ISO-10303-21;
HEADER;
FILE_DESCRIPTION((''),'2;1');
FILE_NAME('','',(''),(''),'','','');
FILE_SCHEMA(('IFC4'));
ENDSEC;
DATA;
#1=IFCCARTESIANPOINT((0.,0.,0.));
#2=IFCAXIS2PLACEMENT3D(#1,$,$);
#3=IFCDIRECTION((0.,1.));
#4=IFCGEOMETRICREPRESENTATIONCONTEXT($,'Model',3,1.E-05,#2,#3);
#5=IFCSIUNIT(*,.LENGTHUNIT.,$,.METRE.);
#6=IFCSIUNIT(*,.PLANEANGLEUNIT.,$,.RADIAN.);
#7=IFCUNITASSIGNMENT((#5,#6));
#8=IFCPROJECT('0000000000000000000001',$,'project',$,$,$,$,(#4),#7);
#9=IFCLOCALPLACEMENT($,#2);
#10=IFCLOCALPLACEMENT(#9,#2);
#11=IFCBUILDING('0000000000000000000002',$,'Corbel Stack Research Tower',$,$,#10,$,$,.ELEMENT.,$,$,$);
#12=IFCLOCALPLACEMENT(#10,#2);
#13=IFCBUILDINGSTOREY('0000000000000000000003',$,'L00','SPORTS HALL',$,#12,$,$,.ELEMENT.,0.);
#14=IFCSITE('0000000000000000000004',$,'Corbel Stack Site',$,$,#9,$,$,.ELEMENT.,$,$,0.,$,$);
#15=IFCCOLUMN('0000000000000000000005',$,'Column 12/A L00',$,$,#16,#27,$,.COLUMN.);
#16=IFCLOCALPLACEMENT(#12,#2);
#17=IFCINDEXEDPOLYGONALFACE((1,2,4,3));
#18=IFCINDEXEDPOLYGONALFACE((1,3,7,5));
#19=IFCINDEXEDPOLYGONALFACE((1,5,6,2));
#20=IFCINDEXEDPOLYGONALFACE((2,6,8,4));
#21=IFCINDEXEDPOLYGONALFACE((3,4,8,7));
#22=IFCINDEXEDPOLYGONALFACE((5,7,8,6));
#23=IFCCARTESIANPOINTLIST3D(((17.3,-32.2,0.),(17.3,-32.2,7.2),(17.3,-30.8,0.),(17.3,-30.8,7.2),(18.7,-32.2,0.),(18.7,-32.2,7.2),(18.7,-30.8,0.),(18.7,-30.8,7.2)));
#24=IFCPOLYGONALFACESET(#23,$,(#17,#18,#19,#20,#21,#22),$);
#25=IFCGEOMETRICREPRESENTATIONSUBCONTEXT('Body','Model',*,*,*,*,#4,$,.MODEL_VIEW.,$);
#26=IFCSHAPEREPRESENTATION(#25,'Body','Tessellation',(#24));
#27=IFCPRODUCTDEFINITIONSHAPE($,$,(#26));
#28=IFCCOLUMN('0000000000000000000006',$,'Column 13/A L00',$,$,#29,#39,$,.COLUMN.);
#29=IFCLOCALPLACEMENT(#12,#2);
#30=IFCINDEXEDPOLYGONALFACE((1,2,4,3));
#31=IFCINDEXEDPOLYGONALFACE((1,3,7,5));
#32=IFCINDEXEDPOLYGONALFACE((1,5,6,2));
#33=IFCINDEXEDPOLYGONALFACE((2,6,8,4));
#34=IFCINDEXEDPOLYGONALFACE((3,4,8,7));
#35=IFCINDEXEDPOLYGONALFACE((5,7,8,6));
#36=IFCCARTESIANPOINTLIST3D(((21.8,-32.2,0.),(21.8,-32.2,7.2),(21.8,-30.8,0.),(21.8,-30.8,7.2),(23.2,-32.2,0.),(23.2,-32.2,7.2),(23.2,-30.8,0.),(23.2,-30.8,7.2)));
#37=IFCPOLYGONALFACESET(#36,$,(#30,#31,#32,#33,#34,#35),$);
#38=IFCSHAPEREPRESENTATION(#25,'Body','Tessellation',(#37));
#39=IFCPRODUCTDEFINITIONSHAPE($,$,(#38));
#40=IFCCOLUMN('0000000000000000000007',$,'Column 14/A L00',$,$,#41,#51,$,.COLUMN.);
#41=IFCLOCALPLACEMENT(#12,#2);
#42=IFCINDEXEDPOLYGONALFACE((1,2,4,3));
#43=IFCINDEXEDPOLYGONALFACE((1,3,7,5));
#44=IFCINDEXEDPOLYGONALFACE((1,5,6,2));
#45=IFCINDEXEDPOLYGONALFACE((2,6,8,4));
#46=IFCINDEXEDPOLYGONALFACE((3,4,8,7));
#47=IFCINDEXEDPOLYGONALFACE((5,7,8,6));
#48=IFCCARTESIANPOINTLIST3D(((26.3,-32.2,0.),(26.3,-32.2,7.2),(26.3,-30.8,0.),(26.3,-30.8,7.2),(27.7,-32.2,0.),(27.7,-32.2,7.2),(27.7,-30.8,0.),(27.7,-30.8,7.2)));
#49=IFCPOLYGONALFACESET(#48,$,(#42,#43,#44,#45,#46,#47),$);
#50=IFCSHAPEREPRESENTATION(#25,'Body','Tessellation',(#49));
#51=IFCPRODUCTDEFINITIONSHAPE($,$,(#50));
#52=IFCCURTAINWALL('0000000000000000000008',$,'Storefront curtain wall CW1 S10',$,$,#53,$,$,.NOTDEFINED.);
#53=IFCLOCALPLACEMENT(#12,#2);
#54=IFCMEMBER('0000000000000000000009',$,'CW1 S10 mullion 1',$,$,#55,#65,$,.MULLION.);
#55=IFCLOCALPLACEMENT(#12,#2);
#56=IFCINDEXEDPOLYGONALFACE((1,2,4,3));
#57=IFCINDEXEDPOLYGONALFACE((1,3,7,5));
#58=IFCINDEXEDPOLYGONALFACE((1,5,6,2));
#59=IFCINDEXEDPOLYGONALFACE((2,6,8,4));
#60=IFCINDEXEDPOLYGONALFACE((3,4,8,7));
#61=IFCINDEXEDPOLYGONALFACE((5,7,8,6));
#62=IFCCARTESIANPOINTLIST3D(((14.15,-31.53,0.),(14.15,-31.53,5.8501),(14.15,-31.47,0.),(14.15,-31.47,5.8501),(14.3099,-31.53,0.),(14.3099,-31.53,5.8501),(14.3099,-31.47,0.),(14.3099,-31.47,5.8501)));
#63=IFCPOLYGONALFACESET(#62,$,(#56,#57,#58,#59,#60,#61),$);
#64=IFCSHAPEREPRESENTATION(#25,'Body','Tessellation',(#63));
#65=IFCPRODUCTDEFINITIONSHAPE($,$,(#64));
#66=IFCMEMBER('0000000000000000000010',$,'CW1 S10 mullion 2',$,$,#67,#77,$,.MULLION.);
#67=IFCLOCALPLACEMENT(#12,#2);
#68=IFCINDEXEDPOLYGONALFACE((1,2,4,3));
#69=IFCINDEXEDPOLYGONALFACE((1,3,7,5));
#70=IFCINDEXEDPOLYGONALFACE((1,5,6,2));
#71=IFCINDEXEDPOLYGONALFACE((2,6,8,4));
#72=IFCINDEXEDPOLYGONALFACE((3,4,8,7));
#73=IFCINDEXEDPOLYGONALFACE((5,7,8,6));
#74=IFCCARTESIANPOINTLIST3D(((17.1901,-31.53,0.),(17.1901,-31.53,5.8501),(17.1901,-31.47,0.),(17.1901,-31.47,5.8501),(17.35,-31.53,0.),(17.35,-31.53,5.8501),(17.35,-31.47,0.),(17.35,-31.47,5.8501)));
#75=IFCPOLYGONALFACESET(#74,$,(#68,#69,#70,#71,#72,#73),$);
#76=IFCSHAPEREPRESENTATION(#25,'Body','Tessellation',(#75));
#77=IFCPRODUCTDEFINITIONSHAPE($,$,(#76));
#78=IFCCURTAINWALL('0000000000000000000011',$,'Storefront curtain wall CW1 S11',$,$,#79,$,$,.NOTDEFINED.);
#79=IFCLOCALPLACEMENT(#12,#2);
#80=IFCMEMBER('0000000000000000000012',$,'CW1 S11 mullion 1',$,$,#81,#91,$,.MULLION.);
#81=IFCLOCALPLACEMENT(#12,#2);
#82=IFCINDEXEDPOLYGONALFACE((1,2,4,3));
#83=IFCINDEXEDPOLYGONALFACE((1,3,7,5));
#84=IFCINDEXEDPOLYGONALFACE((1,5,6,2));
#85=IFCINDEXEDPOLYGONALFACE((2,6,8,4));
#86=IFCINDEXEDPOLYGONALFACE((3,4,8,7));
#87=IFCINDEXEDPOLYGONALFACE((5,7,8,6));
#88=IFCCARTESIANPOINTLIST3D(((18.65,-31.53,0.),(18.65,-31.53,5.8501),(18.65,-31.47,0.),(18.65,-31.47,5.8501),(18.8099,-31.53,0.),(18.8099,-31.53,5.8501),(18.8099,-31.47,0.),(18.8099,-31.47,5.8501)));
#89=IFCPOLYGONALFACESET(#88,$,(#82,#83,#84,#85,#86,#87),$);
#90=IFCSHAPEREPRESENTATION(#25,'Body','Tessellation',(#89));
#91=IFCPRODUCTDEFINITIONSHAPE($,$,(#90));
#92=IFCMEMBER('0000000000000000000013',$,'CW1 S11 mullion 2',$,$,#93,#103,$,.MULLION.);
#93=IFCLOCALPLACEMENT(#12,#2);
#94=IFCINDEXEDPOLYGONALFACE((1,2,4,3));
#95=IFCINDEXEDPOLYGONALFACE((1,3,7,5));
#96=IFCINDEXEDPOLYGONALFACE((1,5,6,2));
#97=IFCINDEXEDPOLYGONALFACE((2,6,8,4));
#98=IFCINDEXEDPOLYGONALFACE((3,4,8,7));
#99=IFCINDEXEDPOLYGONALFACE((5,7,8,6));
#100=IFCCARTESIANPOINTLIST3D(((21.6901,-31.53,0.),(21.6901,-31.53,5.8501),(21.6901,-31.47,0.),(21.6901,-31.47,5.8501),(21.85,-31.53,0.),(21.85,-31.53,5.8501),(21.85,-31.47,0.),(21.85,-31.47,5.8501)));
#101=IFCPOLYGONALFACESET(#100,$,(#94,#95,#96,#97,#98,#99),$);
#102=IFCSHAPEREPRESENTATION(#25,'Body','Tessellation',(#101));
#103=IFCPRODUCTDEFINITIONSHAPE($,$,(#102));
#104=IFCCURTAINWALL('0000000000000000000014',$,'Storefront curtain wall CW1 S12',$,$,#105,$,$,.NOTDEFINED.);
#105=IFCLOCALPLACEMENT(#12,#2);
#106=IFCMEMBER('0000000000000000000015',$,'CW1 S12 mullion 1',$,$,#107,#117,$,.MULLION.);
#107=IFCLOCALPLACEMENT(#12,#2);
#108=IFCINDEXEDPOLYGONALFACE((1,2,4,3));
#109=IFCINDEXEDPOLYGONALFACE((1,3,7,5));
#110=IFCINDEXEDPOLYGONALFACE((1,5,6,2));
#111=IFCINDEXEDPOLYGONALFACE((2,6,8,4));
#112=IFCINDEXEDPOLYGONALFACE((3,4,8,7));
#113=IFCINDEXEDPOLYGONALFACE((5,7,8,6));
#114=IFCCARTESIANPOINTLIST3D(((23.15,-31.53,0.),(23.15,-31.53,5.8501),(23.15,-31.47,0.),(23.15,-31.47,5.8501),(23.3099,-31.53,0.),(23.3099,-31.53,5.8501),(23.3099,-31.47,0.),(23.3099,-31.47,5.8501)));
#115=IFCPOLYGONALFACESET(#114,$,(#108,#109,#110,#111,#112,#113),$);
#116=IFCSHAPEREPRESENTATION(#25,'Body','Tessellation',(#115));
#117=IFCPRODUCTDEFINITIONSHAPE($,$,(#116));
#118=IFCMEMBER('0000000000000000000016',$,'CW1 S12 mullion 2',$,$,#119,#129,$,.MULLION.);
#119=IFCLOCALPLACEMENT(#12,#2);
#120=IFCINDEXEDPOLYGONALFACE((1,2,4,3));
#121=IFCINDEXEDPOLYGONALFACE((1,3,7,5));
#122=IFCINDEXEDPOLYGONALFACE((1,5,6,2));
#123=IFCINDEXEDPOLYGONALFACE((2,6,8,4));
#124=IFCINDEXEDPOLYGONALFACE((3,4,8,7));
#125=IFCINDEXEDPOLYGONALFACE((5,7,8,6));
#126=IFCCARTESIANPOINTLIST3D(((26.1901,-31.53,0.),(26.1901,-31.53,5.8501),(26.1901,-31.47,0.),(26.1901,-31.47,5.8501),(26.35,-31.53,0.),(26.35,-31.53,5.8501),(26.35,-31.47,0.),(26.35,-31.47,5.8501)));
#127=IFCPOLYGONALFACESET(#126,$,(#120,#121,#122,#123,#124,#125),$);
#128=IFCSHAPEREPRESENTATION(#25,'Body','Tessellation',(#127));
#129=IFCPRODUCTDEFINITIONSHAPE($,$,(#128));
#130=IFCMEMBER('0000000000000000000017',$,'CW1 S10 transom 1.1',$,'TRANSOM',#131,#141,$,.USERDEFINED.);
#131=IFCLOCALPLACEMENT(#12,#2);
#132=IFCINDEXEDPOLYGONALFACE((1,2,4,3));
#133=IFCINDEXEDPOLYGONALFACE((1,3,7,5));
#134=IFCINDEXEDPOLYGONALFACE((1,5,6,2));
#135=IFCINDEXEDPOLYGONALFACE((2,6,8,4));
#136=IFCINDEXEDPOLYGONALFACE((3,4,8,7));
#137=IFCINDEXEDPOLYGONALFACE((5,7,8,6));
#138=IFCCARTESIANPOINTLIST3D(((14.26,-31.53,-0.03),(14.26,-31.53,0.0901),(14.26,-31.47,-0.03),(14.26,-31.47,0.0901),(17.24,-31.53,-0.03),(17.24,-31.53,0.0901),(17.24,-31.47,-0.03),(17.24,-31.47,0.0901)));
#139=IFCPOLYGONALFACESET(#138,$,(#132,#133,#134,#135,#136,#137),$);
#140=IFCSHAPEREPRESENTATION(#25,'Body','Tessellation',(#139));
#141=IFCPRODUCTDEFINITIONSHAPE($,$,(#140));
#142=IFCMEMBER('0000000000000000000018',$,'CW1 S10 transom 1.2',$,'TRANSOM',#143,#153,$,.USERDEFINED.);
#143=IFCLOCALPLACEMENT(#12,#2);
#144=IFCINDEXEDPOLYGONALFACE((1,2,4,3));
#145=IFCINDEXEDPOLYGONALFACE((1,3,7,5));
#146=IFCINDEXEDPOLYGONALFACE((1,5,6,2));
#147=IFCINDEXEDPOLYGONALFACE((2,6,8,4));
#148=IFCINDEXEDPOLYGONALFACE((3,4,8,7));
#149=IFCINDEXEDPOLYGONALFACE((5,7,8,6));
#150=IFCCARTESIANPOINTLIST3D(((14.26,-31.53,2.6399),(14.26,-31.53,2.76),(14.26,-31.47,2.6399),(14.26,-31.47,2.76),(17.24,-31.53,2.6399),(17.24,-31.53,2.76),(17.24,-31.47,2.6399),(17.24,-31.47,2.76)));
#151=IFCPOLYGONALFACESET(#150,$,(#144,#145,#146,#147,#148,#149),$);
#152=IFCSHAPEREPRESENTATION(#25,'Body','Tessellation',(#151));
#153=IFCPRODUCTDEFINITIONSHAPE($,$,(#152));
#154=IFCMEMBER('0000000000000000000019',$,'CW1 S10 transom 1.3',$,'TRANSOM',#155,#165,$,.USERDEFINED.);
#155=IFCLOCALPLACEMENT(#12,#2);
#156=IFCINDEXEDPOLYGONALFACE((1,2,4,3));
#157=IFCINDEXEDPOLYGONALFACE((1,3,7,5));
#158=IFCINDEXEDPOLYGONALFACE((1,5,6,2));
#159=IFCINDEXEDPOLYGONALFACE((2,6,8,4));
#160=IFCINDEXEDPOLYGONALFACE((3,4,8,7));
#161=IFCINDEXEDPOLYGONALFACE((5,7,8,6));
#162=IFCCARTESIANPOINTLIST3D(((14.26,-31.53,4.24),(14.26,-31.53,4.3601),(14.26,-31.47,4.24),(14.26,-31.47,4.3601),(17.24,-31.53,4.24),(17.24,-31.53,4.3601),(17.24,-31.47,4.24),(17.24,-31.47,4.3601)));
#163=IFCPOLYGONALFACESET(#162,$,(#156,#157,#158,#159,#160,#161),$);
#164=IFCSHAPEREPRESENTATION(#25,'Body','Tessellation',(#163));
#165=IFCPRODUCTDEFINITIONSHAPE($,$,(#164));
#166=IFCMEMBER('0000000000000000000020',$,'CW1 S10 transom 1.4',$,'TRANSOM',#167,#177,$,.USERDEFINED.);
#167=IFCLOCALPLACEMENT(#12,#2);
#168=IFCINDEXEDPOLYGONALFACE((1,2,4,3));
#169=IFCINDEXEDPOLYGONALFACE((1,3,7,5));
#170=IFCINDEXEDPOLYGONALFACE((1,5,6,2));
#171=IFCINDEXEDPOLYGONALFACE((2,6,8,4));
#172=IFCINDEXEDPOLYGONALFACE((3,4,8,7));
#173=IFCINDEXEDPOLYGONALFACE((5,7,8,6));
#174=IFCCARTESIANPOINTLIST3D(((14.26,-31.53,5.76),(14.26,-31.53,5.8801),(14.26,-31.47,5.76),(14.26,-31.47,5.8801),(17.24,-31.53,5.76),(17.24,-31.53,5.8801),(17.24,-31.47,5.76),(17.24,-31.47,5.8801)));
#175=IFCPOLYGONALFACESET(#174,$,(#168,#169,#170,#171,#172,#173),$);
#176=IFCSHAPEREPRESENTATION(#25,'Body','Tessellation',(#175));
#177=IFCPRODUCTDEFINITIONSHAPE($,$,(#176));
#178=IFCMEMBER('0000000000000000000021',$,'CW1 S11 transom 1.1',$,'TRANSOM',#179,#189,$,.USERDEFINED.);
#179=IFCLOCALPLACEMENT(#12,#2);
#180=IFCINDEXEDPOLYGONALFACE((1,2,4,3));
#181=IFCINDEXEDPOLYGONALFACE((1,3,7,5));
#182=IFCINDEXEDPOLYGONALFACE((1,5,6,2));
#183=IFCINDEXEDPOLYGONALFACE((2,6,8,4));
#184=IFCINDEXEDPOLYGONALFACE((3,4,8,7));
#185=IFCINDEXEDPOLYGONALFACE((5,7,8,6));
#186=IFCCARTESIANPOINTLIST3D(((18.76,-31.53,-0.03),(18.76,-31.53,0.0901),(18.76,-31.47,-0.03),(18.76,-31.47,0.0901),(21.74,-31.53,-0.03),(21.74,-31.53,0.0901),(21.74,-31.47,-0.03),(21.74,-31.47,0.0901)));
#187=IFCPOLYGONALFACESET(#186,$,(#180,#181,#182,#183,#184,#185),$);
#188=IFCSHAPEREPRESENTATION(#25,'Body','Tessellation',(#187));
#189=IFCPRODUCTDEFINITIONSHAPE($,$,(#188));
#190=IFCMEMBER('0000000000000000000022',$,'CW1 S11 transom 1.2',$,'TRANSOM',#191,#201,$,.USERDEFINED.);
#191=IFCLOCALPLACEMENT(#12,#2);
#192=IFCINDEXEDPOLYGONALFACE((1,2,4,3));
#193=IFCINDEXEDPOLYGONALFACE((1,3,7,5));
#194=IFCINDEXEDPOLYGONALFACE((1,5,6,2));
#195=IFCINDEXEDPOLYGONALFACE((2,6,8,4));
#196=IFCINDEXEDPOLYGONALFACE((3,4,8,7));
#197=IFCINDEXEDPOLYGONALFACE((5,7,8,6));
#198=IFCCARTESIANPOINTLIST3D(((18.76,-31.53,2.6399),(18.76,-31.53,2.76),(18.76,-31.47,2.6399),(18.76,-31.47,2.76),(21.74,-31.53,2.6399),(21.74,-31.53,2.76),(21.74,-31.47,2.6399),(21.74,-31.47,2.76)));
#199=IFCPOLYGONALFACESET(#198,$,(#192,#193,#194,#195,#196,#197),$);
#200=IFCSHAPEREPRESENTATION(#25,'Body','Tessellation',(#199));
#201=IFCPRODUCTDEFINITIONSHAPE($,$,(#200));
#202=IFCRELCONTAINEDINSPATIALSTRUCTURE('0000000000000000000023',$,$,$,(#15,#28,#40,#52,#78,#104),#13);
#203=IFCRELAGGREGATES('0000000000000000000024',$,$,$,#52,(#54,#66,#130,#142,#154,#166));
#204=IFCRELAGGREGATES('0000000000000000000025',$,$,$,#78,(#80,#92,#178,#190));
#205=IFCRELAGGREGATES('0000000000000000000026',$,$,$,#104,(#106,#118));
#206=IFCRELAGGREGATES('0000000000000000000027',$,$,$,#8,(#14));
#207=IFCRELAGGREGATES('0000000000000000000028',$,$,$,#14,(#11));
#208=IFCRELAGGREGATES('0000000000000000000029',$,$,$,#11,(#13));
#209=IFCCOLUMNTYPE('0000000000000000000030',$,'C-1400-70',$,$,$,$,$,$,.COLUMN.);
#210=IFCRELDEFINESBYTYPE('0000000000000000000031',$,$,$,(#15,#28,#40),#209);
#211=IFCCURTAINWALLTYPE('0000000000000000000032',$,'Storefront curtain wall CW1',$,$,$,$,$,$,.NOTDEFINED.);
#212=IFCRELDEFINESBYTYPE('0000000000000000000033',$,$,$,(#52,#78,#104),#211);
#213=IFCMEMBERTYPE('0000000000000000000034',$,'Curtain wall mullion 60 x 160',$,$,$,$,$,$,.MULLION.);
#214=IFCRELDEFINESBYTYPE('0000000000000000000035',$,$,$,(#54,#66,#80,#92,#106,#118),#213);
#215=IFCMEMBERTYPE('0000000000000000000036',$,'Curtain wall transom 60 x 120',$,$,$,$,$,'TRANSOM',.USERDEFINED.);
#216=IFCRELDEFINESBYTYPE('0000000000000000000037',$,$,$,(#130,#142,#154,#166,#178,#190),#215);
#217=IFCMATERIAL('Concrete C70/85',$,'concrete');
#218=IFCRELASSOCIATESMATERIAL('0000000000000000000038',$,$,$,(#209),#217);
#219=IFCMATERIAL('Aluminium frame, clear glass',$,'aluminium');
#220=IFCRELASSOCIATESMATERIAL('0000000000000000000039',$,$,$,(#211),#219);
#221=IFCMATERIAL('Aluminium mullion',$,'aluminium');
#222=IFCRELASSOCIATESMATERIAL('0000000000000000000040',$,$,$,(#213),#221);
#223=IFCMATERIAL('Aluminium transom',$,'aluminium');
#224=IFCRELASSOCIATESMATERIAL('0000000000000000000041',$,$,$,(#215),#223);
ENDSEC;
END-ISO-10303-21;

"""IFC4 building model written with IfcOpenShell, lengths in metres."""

from ifc_helpers import new_model, si_unit, direction, frame, origin, origin_2d, place, context, subcontext, project, spatial, rectangle, extrude, material, material_profile, profile_set, type_object, element, aggregate, save


model = new_model("IFC4")

# Units and contexts
model_context = context("Model", 3, precision=1e-05, world=origin(), true_north=direction((0.0, 1.0)))
body_context = subcontext(model_context, "Body", "Model", "MODEL_VIEW")
ifc_project = project(units=[si_unit("LENGTHUNIT", "METRE"), si_unit("PLANEANGLEUNIT", "RADIAN")], contexts=[model_context])

# Site, building, storey
site_placement = place(None, origin())
site = spatial("IfcSite", under=ifc_project, at=site_placement, Name="Corbel Stack Site", CompositionType="ELEMENT", RefElevation=0.0)
building_placement = place(site_placement, origin())
building = spatial("IfcBuilding", under=site, at=building_placement, Name="Corbel Stack Research Tower", CompositionType="ELEMENT")
storey_placement = place(building_placement, origin())
storey = spatial("IfcBuildingStorey", under=building, at=storey_placement, Name="L00", Description="SPORTS HALL", CompositionType="ELEMENT", Elevation=0.0)

# Columns
ifc_material_1 = material(Name="Concrete C70/85", Category="concrete")
ifc_material_profile_1 = material_profile(ifc_material_1, rectangle(XDim=1.3999, YDim=1.3999, at=origin_2d()), Name="RC 1400 x 1400")
ifc_profile_set_1 = profile_set([ifc_material_profile_1], Name="Concrete C70/85")
column_type = type_object("IfcColumnType", Name="C-1400-70", PredefinedType="COLUMN", material=ifc_profile_set_1)
for number, where, z_axis, x_axis, name in (
    (1, (18.0, -31.5, 0.0), (0.0, 0.0, 1.0), (1.0, 0.0, 0.0), "Column 12/A L00"),
    (2, (22.5, -31.5, 0.0), (0.0, 0.0, 1.0), (1.0, 0.0, 0.0), "Column 13/A L00"),
    (3, (27.0, -31.5, 0.0), (0.0, 0.0, 1.0), (1.0, 0.0, 0.0), "Column 14/A L00"),
):
    element("IfcColumn", number, at=place(storey_placement, frame(where, z_axis=z_axis, x_axis=x_axis)), inside=storey, type_object=column_type, Name=name, PredefinedType="COLUMN", context=body_context, shape_type="SweptSolid", body=[
        extrude(rectangle(XDim=1.3999, YDim=1.3999, at=origin_2d()), origin(), (0.0, 0.0, 1.0), 7.2),
    ])

# Curtain walls, members
ifc_material_2 = material(Name="Aluminium frame, clear glass", Category="aluminium")
curtain_wall_type = type_object("IfcCurtainWallType", Name="Storefront curtain wall CW1", PredefinedType="NOTDEFINED", material=ifc_material_2)
curtain_wall_1_placement = place(storey_placement, origin())
curtain_wall_1 = element("IfcCurtainWall", 4, at=curtain_wall_1_placement, inside=storey, type_object=curtain_wall_type, Name="Storefront curtain wall CW1 S10", PredefinedType="NOTDEFINED")
ifc_material_3 = material(Name="Aluminium mullion", Category="aluminium")
ifc_material_profile_2 = material_profile(ifc_material_3, rectangle(XDim=0.0601, YDim=0.1599, at=origin_2d()), Name="Mullion 60 x 160")
ifc_profile_set_2 = profile_set([ifc_material_profile_2], Name="Aluminium mullion")
member_type_1 = type_object("IfcMemberType", Name="Curtain wall mullion 60 x 160", PredefinedType="MULLION", material=ifc_profile_set_2)
member_1_placement = place(storey_placement, frame((14.23, -31.5, 0.0), z_axis=(0.0, 0.0, 1.0), x_axis=(0.0, 1.0, 0.0)))
member_1 = element("IfcMember", 5, at=member_1_placement, type_object=member_type_1, Name="CW1 S10 mullion 1", PredefinedType="MULLION", context=body_context, shape_type="SweptSolid", body=[
    extrude(rectangle(XDim=0.0601, YDim=0.1599, at=origin_2d()), origin(), (0.0, 0.0, 1.0), 5.8501),
])
member_2_placement = place(storey_placement, frame((17.27, -31.5, 0.0), z_axis=(0.0, 0.0, 1.0), x_axis=(0.0, 1.0, 0.0)))
member_2 = element("IfcMember", 6, at=member_2_placement, type_object=member_type_1, Name="CW1 S10 mullion 2", PredefinedType="MULLION", context=body_context, shape_type="SweptSolid", body=[
    extrude(rectangle(XDim=0.0601, YDim=0.1599, at=origin_2d()), origin(), (0.0, 0.0, 1.0), 5.8501),
])
curtain_wall_2_placement = place(storey_placement, origin())
curtain_wall_2 = element("IfcCurtainWall", 7, at=curtain_wall_2_placement, inside=storey, type_object=curtain_wall_type, Name="Storefront curtain wall CW1 S11", PredefinedType="NOTDEFINED")
member_3_placement = place(storey_placement, frame((18.73, -31.5, 0.0), z_axis=(0.0, 0.0, 1.0), x_axis=(0.0, 1.0, 0.0)))
member_3 = element("IfcMember", 8, at=member_3_placement, type_object=member_type_1, Name="CW1 S11 mullion 1", PredefinedType="MULLION", context=body_context, shape_type="SweptSolid", body=[
    extrude(rectangle(XDim=0.0601, YDim=0.1599, at=origin_2d()), origin(), (0.0, 0.0, 1.0), 5.8501),
])
member_4_placement = place(storey_placement, frame((21.77, -31.5, 0.0), z_axis=(0.0, 0.0, 1.0), x_axis=(0.0, 1.0, 0.0)))
member_4 = element("IfcMember", 9, at=member_4_placement, type_object=member_type_1, Name="CW1 S11 mullion 2", PredefinedType="MULLION", context=body_context, shape_type="SweptSolid", body=[
    extrude(rectangle(XDim=0.0601, YDim=0.1599, at=origin_2d()), origin(), (0.0, 0.0, 1.0), 5.8501),
])
curtain_wall_3_placement = place(storey_placement, origin())
curtain_wall_3 = element("IfcCurtainWall", 10, at=curtain_wall_3_placement, inside=storey, type_object=curtain_wall_type, Name="Storefront curtain wall CW1 S12", PredefinedType="NOTDEFINED")
member_5_placement = place(storey_placement, frame((23.23, -31.5, 0.0), z_axis=(0.0, 0.0, 1.0), x_axis=(0.0, 1.0, 0.0)))
member_5 = element("IfcMember", 11, at=member_5_placement, type_object=member_type_1, Name="CW1 S12 mullion 1", PredefinedType="MULLION", context=body_context, shape_type="SweptSolid", body=[
    extrude(rectangle(XDim=0.0601, YDim=0.1599, at=origin_2d()), origin(), (0.0, 0.0, 1.0), 5.8501),
])
member_6_placement = place(storey_placement, frame((26.27, -31.5, 0.0), z_axis=(0.0, 0.0, 1.0), x_axis=(0.0, 1.0, 0.0)))
member_6 = element("IfcMember", 12, at=member_6_placement, type_object=member_type_1, Name="CW1 S12 mullion 2", PredefinedType="MULLION", context=body_context, shape_type="SweptSolid", body=[
    extrude(rectangle(XDim=0.0601, YDim=0.1599, at=origin_2d()), origin(), (0.0, 0.0, 1.0), 5.8501),
])

# Members
ifc_material_4 = material(Name="Aluminium transom", Category="aluminium")
ifc_material_profile_3 = material_profile(ifc_material_4, rectangle(XDim=0.0601, YDim=0.1201, at=origin_2d()), Name="Transom 60 x 120")
ifc_profile_set_3 = profile_set([ifc_material_profile_3], Name="Aluminium transom")
member_type_2 = type_object("IfcMemberType", Name="Curtain wall transom 60 x 120", ElementType="TRANSOM", PredefinedType="USERDEFINED", material=ifc_profile_set_3)
member_7_placement = place(storey_placement, frame((14.26, -31.5, 0.03), z_axis=(1.0, 0.0, 0.0), x_axis=(0.0, 1.0, 0.0)))
member_7 = element("IfcMember", 13, at=member_7_placement, type_object=member_type_2, Name="CW1 S10 transom 1.1", ObjectType="TRANSOM", PredefinedType="USERDEFINED", context=body_context, shape_type="SweptSolid", body=[
    extrude(rectangle(XDim=0.0601, YDim=0.1201, at=origin_2d()), origin(), (0.0, 0.0, 1.0), 2.98),
])
member_8_placement = place(storey_placement, frame((14.26, -31.5, 2.7), z_axis=(1.0, 0.0, 0.0), x_axis=(0.0, 1.0, 0.0)))
member_8 = element("IfcMember", 14, at=member_8_placement, type_object=member_type_2, Name="CW1 S10 transom 1.2", ObjectType="TRANSOM", PredefinedType="USERDEFINED", context=body_context, shape_type="SweptSolid", body=[
    extrude(rectangle(XDim=0.0601, YDim=0.1201, at=origin_2d()), origin(), (0.0, 0.0, 1.0), 2.98),
])
member_9_placement = place(storey_placement, frame((14.26, -31.5, 4.3), z_axis=(1.0, 0.0, 0.0), x_axis=(0.0, 1.0, 0.0)))
member_9 = element("IfcMember", 15, at=member_9_placement, type_object=member_type_2, Name="CW1 S10 transom 1.3", ObjectType="TRANSOM", PredefinedType="USERDEFINED", context=body_context, shape_type="SweptSolid", body=[
    extrude(rectangle(XDim=0.0601, YDim=0.1201, at=origin_2d()), origin(), (0.0, 0.0, 1.0), 2.98),
])
member_10_placement = place(storey_placement, frame((14.26, -31.5, 5.8201), z_axis=(1.0, 0.0, 0.0), x_axis=(0.0, 1.0, 0.0)))
member_10 = element("IfcMember", 16, at=member_10_placement, type_object=member_type_2, Name="CW1 S10 transom 1.4", ObjectType="TRANSOM", PredefinedType="USERDEFINED", context=body_context, shape_type="SweptSolid", body=[
    extrude(rectangle(XDim=0.0601, YDim=0.1201, at=origin_2d()), origin(), (0.0, 0.0, 1.0), 2.98),
])
member_11_placement = place(storey_placement, frame((18.76, -31.5, 0.03), z_axis=(1.0, 0.0, 0.0), x_axis=(0.0, 1.0, 0.0)))
member_11 = element("IfcMember", 17, at=member_11_placement, type_object=member_type_2, Name="CW1 S11 transom 1.1", ObjectType="TRANSOM", PredefinedType="USERDEFINED", context=body_context, shape_type="SweptSolid", body=[
    extrude(rectangle(XDim=0.0601, YDim=0.1201, at=origin_2d()), origin(), (0.0, 0.0, 1.0), 2.98),
])
member_12_placement = place(storey_placement, frame((18.76, -31.5, 2.7), z_axis=(1.0, 0.0, 0.0), x_axis=(0.0, 1.0, 0.0)))
member_12 = element("IfcMember", 18, at=member_12_placement, type_object=member_type_2, Name="CW1 S11 transom 1.2", ObjectType="TRANSOM", PredefinedType="USERDEFINED", context=body_context, shape_type="SweptSolid", body=[
    extrude(rectangle(XDim=0.0601, YDim=0.1201, at=origin_2d()), origin(), (0.0, 0.0, 1.0), 2.98),
])

aggregate(curtain_wall_1, [member_1, member_2, member_7, member_8, member_9, member_10])
aggregate(curtain_wall_2, [member_3, member_4, member_11, member_12])
aggregate(curtain_wall_3, [member_5, member_6])

save(model, "model.ifc")
